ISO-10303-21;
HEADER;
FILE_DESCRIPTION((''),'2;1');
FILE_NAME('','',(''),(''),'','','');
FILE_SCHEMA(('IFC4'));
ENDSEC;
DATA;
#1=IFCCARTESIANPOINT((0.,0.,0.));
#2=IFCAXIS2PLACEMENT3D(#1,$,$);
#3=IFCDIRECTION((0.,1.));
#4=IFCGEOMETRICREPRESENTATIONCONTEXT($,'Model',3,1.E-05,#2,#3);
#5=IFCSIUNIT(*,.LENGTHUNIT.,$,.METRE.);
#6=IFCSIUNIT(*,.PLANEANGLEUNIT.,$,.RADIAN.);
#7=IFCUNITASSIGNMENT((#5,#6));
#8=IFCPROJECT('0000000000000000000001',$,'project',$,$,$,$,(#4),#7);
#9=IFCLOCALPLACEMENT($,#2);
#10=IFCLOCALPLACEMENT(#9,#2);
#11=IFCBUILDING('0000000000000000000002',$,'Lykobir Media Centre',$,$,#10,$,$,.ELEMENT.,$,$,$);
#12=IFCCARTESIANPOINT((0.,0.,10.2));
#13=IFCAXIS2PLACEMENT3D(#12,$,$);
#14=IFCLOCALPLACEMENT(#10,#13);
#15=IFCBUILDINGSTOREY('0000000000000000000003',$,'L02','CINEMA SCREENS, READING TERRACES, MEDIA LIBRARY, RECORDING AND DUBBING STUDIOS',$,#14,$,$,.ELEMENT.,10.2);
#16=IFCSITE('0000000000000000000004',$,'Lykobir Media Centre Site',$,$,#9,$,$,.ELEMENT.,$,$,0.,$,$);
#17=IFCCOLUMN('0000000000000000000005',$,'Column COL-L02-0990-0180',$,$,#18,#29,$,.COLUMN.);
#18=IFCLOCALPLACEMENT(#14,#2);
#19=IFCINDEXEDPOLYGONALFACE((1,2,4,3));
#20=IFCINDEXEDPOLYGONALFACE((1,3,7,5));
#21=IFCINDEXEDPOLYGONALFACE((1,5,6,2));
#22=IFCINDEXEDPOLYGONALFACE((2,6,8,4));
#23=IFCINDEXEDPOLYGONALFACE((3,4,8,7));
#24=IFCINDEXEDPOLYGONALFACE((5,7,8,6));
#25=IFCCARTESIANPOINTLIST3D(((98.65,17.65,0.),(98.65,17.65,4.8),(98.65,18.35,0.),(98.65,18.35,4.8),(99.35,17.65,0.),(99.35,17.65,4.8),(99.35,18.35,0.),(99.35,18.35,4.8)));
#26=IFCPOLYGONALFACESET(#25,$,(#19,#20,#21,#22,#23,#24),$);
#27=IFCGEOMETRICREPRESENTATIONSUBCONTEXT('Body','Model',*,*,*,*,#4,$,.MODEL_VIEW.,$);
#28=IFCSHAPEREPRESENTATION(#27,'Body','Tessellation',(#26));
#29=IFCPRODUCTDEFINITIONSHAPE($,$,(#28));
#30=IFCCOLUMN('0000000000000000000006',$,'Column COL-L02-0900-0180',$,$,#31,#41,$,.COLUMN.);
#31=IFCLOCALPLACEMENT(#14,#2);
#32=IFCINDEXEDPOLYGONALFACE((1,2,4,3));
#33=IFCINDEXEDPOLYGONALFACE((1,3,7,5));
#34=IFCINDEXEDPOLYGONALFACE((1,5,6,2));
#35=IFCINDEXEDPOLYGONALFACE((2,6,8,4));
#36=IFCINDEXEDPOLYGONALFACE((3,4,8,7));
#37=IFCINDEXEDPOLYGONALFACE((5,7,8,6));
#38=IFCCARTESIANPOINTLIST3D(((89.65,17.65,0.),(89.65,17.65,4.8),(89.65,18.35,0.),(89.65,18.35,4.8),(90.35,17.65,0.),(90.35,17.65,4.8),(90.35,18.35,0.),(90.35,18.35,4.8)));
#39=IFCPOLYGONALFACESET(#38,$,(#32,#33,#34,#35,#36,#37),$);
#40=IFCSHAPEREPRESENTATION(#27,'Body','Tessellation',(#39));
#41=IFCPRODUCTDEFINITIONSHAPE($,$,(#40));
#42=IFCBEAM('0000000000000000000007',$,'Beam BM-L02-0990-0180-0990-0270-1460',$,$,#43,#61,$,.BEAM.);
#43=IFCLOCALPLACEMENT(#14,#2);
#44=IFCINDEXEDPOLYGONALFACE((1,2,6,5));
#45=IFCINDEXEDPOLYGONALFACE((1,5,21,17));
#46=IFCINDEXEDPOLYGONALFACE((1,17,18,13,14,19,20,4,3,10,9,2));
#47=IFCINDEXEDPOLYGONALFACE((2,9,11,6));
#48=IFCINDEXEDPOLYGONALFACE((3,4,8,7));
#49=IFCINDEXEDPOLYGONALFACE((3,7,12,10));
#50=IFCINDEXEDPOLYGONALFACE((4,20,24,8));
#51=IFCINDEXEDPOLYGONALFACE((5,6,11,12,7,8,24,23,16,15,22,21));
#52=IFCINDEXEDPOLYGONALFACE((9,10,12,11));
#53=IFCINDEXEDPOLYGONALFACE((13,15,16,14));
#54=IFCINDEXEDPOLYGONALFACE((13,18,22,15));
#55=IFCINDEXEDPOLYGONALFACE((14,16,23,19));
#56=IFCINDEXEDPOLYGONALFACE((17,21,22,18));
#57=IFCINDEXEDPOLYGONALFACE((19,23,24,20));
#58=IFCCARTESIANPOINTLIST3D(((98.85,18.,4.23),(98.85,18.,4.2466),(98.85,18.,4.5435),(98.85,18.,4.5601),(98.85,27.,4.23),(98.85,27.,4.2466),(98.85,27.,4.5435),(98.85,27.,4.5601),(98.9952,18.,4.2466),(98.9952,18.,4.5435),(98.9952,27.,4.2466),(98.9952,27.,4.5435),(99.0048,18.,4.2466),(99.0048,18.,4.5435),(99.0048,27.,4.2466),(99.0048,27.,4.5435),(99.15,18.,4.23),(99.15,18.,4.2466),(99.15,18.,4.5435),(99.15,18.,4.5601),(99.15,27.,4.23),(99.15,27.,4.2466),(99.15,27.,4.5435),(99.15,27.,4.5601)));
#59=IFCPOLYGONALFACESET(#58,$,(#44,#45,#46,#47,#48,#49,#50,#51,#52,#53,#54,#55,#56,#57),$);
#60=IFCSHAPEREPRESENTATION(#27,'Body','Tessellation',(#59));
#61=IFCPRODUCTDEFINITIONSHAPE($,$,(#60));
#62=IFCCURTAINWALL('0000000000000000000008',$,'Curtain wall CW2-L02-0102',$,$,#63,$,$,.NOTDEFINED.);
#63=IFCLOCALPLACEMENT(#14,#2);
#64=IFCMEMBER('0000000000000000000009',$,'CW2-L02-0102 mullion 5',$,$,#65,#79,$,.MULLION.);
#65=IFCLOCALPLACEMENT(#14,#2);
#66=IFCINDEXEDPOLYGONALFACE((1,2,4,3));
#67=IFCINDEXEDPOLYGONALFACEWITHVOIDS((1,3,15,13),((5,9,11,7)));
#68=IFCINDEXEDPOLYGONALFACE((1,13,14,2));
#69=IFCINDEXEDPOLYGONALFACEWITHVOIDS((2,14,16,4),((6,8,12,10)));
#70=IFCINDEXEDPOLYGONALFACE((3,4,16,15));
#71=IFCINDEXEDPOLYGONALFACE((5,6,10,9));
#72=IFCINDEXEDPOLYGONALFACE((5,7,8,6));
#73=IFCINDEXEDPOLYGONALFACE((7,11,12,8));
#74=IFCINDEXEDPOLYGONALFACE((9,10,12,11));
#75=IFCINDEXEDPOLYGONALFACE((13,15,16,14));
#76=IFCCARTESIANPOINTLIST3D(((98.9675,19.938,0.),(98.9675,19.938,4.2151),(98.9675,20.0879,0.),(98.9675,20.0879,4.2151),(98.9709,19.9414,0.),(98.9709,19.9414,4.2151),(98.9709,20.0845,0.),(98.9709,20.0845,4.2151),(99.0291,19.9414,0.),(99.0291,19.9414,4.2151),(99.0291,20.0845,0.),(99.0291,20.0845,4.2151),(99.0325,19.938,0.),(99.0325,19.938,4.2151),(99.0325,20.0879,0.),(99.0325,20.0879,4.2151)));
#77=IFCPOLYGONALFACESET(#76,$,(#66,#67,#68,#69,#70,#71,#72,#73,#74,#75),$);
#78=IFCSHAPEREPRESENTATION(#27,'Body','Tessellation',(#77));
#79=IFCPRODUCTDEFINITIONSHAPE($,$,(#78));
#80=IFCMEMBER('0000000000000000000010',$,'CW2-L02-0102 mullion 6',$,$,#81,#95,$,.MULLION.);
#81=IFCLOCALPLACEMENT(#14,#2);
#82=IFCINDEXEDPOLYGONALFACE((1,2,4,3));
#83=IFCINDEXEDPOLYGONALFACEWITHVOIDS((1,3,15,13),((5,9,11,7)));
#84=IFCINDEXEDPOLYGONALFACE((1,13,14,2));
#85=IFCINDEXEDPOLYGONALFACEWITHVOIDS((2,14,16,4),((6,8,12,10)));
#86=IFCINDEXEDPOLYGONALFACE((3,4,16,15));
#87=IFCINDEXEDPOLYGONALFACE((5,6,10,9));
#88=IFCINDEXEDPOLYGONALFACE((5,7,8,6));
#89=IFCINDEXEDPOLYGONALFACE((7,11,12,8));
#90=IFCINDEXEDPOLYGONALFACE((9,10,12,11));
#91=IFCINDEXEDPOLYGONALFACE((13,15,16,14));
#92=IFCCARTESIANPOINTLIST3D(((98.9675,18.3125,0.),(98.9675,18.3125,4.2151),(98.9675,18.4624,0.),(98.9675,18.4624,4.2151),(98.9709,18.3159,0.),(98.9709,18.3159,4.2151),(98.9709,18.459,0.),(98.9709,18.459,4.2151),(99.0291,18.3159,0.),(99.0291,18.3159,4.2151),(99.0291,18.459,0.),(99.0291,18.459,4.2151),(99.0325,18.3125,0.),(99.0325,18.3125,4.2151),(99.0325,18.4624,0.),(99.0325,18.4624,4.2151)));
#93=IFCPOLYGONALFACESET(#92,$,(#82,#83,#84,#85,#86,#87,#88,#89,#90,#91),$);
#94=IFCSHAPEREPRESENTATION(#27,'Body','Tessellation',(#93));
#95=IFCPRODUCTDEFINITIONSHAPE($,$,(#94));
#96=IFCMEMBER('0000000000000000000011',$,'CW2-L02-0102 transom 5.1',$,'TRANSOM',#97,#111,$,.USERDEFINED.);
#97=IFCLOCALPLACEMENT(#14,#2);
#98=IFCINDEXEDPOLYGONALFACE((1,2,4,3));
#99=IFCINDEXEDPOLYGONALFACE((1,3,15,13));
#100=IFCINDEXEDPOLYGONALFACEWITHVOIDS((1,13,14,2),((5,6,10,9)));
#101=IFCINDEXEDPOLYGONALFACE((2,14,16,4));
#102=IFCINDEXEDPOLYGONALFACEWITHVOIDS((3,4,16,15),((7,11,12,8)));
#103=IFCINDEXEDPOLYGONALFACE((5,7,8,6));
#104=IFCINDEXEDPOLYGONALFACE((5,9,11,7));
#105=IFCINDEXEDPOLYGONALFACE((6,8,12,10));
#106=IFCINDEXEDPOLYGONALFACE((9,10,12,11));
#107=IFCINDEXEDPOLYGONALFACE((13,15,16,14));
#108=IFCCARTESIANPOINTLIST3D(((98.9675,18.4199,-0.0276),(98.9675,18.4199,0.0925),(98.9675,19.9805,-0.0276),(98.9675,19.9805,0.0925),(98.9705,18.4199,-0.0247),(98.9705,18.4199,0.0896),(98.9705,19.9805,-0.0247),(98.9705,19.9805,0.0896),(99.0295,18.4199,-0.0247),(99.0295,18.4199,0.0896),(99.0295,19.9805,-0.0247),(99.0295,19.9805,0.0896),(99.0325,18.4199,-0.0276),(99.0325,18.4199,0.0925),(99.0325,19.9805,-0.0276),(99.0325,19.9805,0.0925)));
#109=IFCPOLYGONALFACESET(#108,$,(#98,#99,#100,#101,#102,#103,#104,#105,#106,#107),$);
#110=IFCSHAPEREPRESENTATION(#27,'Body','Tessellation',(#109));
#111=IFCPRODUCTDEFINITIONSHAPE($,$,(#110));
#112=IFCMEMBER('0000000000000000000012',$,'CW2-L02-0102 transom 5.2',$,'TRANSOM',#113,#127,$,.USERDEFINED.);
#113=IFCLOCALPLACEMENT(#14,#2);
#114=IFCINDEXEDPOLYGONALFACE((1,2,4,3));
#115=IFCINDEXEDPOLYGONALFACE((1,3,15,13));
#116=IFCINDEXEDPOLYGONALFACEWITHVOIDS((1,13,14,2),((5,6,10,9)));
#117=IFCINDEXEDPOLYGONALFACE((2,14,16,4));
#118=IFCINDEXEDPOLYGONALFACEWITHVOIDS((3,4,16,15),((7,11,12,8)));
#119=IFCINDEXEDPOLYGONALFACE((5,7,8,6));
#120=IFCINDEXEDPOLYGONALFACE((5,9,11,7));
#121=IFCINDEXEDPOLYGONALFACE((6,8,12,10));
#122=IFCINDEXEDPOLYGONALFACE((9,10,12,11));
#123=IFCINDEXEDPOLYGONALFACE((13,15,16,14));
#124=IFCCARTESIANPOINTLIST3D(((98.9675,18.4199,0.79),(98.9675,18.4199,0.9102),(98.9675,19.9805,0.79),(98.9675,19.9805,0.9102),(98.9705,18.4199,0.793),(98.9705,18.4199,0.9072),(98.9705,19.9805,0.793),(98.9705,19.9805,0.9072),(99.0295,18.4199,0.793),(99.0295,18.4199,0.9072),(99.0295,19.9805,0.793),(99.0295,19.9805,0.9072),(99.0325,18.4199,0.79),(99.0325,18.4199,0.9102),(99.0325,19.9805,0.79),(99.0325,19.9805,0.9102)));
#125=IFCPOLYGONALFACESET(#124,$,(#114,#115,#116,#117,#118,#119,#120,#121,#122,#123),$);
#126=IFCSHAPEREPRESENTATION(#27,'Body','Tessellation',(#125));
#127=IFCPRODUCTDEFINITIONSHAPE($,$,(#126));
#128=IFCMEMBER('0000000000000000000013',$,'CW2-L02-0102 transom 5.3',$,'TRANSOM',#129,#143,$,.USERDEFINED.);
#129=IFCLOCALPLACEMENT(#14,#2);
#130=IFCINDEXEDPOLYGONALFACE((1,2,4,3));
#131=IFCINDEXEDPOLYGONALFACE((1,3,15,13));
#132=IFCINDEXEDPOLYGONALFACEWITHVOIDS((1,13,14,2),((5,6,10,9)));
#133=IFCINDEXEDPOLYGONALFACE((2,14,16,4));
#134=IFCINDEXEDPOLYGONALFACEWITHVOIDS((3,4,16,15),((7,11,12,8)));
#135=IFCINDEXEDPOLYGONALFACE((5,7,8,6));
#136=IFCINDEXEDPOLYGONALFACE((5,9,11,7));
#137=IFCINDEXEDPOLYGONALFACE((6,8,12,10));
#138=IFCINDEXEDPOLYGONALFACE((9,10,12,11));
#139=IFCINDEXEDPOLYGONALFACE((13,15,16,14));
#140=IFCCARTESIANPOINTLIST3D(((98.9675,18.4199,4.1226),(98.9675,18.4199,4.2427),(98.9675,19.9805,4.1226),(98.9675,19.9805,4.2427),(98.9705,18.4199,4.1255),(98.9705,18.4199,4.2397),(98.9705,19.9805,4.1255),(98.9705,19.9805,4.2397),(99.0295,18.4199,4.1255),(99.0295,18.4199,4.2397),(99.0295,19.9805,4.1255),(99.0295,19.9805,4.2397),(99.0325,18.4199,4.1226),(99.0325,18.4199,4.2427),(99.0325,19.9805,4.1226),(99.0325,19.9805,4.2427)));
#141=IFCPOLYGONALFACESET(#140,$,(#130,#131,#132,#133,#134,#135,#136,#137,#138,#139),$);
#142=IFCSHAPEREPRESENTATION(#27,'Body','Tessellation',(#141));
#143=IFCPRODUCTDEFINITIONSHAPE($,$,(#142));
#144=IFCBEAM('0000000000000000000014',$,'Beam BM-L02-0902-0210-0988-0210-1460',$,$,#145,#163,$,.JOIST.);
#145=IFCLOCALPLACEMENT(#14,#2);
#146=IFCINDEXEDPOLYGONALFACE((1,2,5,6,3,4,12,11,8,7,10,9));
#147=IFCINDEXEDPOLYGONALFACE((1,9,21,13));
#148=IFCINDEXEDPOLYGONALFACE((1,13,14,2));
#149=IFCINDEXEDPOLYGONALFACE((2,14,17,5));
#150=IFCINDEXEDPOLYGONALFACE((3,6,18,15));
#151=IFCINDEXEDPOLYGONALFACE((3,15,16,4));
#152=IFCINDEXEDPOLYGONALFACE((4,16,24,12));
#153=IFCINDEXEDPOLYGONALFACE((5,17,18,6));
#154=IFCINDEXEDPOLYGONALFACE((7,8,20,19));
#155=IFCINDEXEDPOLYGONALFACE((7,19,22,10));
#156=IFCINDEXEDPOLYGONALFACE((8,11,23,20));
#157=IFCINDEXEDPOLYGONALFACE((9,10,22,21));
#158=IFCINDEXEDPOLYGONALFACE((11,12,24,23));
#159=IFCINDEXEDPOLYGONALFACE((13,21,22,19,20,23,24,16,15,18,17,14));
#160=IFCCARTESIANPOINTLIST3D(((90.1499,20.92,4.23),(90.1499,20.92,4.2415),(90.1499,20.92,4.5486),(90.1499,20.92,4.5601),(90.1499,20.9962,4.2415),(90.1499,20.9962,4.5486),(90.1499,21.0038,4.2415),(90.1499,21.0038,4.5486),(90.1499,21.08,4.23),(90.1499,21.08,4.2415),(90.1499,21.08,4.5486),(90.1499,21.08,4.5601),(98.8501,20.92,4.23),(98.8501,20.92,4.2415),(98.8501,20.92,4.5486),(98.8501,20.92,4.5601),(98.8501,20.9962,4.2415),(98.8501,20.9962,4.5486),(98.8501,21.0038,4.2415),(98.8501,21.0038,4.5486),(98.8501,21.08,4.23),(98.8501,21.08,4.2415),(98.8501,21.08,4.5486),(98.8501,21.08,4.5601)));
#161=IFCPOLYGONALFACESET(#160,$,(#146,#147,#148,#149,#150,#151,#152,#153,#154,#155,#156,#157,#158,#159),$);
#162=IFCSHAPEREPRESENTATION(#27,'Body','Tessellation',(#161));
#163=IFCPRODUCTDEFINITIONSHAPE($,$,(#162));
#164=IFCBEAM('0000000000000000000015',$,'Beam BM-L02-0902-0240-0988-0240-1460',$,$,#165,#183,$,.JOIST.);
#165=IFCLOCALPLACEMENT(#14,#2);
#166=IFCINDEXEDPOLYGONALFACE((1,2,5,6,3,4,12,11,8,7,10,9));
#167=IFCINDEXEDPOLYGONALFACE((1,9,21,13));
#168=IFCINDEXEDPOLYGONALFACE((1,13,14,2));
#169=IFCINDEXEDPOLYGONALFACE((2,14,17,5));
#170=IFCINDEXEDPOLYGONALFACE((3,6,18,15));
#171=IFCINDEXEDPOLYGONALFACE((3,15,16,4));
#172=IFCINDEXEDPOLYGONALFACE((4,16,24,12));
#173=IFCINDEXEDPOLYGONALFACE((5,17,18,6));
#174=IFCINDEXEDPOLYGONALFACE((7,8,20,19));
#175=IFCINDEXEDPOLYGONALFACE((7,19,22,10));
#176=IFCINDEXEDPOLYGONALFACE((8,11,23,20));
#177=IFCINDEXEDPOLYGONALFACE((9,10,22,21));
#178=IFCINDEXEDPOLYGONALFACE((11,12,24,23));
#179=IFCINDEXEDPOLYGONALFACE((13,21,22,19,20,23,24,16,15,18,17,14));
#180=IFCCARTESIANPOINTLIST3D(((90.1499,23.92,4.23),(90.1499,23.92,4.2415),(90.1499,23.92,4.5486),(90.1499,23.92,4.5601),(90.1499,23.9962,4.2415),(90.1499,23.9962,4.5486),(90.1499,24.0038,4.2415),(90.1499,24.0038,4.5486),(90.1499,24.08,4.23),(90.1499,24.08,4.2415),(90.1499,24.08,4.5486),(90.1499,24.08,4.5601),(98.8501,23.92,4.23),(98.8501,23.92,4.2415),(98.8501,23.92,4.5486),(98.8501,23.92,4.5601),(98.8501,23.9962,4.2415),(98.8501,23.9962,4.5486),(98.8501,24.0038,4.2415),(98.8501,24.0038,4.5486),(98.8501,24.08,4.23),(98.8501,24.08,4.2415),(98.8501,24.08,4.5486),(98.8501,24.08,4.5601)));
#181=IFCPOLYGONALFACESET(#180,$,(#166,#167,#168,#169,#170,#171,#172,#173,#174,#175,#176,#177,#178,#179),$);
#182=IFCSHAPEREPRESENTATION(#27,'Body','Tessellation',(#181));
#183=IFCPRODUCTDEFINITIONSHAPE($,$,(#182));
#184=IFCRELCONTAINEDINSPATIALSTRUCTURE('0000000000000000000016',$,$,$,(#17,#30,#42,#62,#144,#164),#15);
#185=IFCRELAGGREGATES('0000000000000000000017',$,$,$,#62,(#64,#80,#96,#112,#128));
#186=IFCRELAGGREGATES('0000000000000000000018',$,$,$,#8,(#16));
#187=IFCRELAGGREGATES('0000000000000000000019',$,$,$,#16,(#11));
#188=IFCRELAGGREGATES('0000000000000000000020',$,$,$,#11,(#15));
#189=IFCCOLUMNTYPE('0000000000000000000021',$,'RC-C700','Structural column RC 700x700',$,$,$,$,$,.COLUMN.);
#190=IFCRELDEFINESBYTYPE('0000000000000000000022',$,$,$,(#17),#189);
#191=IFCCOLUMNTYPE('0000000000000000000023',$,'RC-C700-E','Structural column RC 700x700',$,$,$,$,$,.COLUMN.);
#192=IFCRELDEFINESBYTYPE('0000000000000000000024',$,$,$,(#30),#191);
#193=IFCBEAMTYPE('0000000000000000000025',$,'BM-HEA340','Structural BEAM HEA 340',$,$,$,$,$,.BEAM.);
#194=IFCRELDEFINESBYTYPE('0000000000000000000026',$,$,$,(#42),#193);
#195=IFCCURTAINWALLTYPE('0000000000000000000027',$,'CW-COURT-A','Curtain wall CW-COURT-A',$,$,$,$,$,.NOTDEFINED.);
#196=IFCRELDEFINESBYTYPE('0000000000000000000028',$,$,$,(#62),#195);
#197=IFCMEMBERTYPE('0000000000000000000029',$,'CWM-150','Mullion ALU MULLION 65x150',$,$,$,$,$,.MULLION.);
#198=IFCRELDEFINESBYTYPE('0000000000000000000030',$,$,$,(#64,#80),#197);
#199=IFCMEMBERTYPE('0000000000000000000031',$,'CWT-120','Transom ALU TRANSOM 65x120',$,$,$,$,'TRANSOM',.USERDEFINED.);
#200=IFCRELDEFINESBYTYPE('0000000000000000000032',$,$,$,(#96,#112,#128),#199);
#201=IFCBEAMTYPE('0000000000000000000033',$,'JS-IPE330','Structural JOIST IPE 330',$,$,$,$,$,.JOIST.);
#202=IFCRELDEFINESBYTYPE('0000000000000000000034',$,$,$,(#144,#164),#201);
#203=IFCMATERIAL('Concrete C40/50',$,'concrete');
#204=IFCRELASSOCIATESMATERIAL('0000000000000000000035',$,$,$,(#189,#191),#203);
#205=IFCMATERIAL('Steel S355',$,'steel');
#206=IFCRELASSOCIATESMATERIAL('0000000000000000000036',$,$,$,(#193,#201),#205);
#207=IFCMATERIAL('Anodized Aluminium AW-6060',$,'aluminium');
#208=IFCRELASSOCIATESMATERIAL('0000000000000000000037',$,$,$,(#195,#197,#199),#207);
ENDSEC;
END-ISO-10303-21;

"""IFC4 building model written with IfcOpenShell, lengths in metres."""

from ifc_helpers import new_model, si_unit, direction, frame, origin, origin_2d, place, context, subcontext, project, spatial, rectangle, hollow_rectangle, i_section, extrude, material, material_profile, profile_set, type_object, element, aggregate, save


model = new_model("IFC4")

# Units and contexts
model_context = context("Model", 3, precision=1e-05, world=origin(), true_north=direction((0.0, 1.0)))
body_context = subcontext(model_context, "Body", "Model", "MODEL_VIEW")
ifc_project = project(units=[si_unit("LENGTHUNIT", "METRE"), si_unit("PLANEANGLEUNIT", "RADIAN")], contexts=[model_context])

# Site, building, storey
site_placement = place(None, origin())
site = spatial("IfcSite", under=ifc_project, at=site_placement, Name="Lykobir Media Centre Site", CompositionType="ELEMENT", RefElevation=0.0)
building_placement = place(site_placement, origin())
building = spatial("IfcBuilding", under=site, at=building_placement, Name="Lykobir Media Centre", CompositionType="ELEMENT")
storey_placement = place(building_placement, frame((0.0, 0.0, 10.2)))
storey = spatial("IfcBuildingStorey", under=building, at=storey_placement, Name="L02", Description="CINEMA SCREENS, READING TERRACES, MEDIA LIBRARY, RECORDING AND DUBBING STUDIOS", CompositionType="ELEMENT", Elevation=10.2)

# Columns
ifc_material_1 = material(Name="Concrete C40/50", Category="concrete")
ifc_material_profile_1 = material_profile(ifc_material_1, rectangle(XDim=0.7, YDim=0.7, at=origin_2d()), Name="RC 700x700")
ifc_profile_set_1 = profile_set([ifc_material_profile_1], Name="Concrete C40/50")
column_type_1 = type_object("IfcColumnType", Name="RC-C700", Description="Structural column RC 700x700", PredefinedType="COLUMN", material=ifc_profile_set_1)
column_1_placement = place(storey_placement, frame((99.0, 18.0, 0.0), z_axis=(0.0, 0.0, 1.0), x_axis=(1.0, 0.0, 0.0)))
element("IfcColumn", 1, at=column_1_placement, inside=storey, type_object=column_type_1, Name="Column COL-L02-0990-0180", PredefinedType="COLUMN", context=body_context, shape_type="SweptSolid", body=[
    extrude(rectangle(XDim=0.7, YDim=0.7, at=origin_2d()), origin(), (0.0, 0.0, 1.0), 4.8),
])
ifc_material_profile_2 = material_profile(ifc_material_1, rectangle(XDim=0.7, YDim=0.7, at=origin_2d()), Name="RC 700x700")
ifc_profile_set_2 = profile_set([ifc_material_profile_2], Name="Concrete C40/50")
column_type_2 = type_object("IfcColumnType", Name="RC-C700-E", Description="Structural column RC 700x700", PredefinedType="COLUMN", material=ifc_profile_set_2)
column_2_placement = place(storey_placement, frame((90.0, 18.0, 0.0), z_axis=(0.0, 0.0, 1.0), x_axis=(1.0, 0.0, 0.0)))
element("IfcColumn", 2, at=column_2_placement, inside=storey, type_object=column_type_2, Name="Column COL-L02-0900-0180", PredefinedType="COLUMN", context=body_context, shape_type="SweptSolid", body=[
    extrude(rectangle(XDim=0.7, YDim=0.7, at=origin_2d()), origin(), (0.0, 0.0, 1.0), 4.8),
])

# Beam
ifc_material_2 = material(Name="Steel S355", Category="steel")
ifc_material_profile_3 = material_profile(ifc_material_2, i_section(OverallWidth=0.3, OverallDepth=0.3301, WebThickness=0.0095, FlangeThickness=0.0166, at=origin_2d()), Name="HEA 340")
ifc_profile_set_3 = profile_set([ifc_material_profile_3], Name="Steel S355")
beam_type_1 = type_object("IfcBeamType", Name="BM-HEA340", Description="Structural BEAM HEA 340", PredefinedType="BEAM", material=ifc_profile_set_3)
beam_1_placement = place(storey_placement, frame((99.0, 18.0, 4.395), z_axis=(0.0, 1.0, 0.0), x_axis=(-1.0, 0.0, 0.0)))
element("IfcBeam", 3, at=beam_1_placement, inside=storey, type_object=beam_type_1, Name="Beam BM-L02-0990-0180-0990-0270-1460", PredefinedType="BEAM", context=body_context, shape_type="SweptSolid", body=[
    extrude(i_section(OverallWidth=0.3, OverallDepth=0.3301, WebThickness=0.0095, FlangeThickness=0.0166, at=origin_2d()), origin(), (0.0, 0.0, 1.0), 9.0),
])

# Curtain wall, members
ifc_material_3 = material(Name="Anodized Aluminium AW-6060", Category="aluminium")
curtain_wall_type = type_object("IfcCurtainWallType", Name="CW-COURT-A", Description="Curtain wall CW-COURT-A", PredefinedType="NOTDEFINED", material=ifc_material_3)
curtain_wall_placement = place(storey_placement, origin())
curtain_wall = element("IfcCurtainWall", 4, at=curtain_wall_placement, inside=storey, type_object=curtain_wall_type, Name="Curtain wall CW2-L02-0102", PredefinedType="NOTDEFINED")
ifc_material_profile_4 = material_profile(ifc_material_3, hollow_rectangle(XDim=0.0649, YDim=0.1499, WallThickness=0.0034, at=origin_2d()), Name="ALU MULLION 65x150")
ifc_profile_set_4 = profile_set([ifc_material_profile_4], Name="Anodized Aluminium AW-6060")
member_type_1 = type_object("IfcMemberType", Name="CWM-150", Description="Mullion ALU MULLION 65x150", PredefinedType="MULLION", material=ifc_profile_set_4)
member_1_placement = place(storey_placement, frame((99.0, 20.0129, 0.0), z_axis=(0.0, 0.0, 1.0), x_axis=(1.0, 0.0, 0.0)))
member_1 = element("IfcMember", 5, at=member_1_placement, type_object=member_type_1, Name="CW2-L02-0102 mullion 5", PredefinedType="MULLION", context=body_context, shape_type="SweptSolid", body=[
    extrude(hollow_rectangle(XDim=0.0649, YDim=0.1499, WallThickness=0.0034, at=origin_2d()), origin(), (0.0, 0.0, 1.0), 4.2151),
])
member_2_placement = place(storey_placement, frame((99.0, 18.3875, 0.0), z_axis=(0.0, 0.0, 1.0), x_axis=(1.0, 0.0, 0.0)))
member_2 = element("IfcMember", 6, at=member_2_placement, type_object=member_type_1, Name="CW2-L02-0102 mullion 6", PredefinedType="MULLION", context=body_context, shape_type="SweptSolid", body=[
    extrude(hollow_rectangle(XDim=0.0649, YDim=0.1499, WallThickness=0.0034, at=origin_2d()), origin(), (0.0, 0.0, 1.0), 4.2151),
])
ifc_material_profile_5 = material_profile(ifc_material_3, hollow_rectangle(XDim=0.0649, YDim=0.1201, WallThickness=0.0029, at=origin_2d()), Name="ALU TRANSOM 65x120")
ifc_profile_set_5 = profile_set([ifc_material_profile_5], Name="Anodized Aluminium AW-6060")
member_type_2 = type_object("IfcMemberType", Name="CWT-120", Description="Transom ALU TRANSOM 65x120", ElementType="TRANSOM", PredefinedType="USERDEFINED", material=ifc_profile_set_5)
member_3_placement = place(storey_placement, frame((99.0, 19.9805, 0.0325), z_axis=(0.0, -1.0, 0.0), x_axis=(1.0, 0.0, 0.0)))
member_3 = element("IfcMember", 7, at=member_3_placement, type_object=member_type_2, Name="CW2-L02-0102 transom 5.1", ObjectType="TRANSOM", PredefinedType="USERDEFINED", context=body_context, shape_type="SweptSolid", body=[
    extrude(hollow_rectangle(XDim=0.0649, YDim=0.1201, WallThickness=0.0029, at=origin_2d()), origin(), (0.0, 0.0, 1.0), 1.5605),
])
member_4_placement = place(storey_placement, frame((99.0, 19.9805, 0.8501), z_axis=(0.0, -1.0, 0.0), x_axis=(1.0, 0.0, 0.0)))
member_4 = element("IfcMember", 8, at=member_4_placement, type_object=member_type_2, Name="CW2-L02-0102 transom 5.2", ObjectType="TRANSOM", PredefinedType="USERDEFINED", context=body_context, shape_type="SweptSolid", body=[
    extrude(hollow_rectangle(XDim=0.0649, YDim=0.1201, WallThickness=0.0029, at=origin_2d()), origin(), (0.0, 0.0, 1.0), 1.5605),
])
member_5_placement = place(storey_placement, frame((99.0, 19.9805, 4.1826), z_axis=(0.0, -1.0, 0.0), x_axis=(1.0, 0.0, 0.0)))
member_5 = element("IfcMember", 9, at=member_5_placement, type_object=member_type_2, Name="CW2-L02-0102 transom 5.3", ObjectType="TRANSOM", PredefinedType="USERDEFINED", context=body_context, shape_type="SweptSolid", body=[
    extrude(hollow_rectangle(XDim=0.0649, YDim=0.1201, WallThickness=0.0029, at=origin_2d()), origin(), (0.0, 0.0, 1.0), 1.5605),
])

# Beams
ifc_material_profile_6 = material_profile(ifc_material_2, i_section(OverallWidth=0.1599, OverallDepth=0.3301, WebThickness=0.0076, FlangeThickness=0.0115, at=origin_2d()), Name="IPE 330")
ifc_profile_set_6 = profile_set([ifc_material_profile_6], Name="Steel S355")
beam_type_2 = type_object("IfcBeamType", Name="JS-IPE330", Description="Structural JOIST IPE 330", PredefinedType="JOIST", material=ifc_profile_set_6)
for number, where, z_axis, x_axis, name in (
    (10, (90.1499, 21.0, 4.395), (1.0, 0.0, 0.0), (0.0, 1.0, 0.0), "Beam BM-L02-0902-0210-0988-0210-1460"),
    (11, (90.1499, 24.0, 4.395), (1.0, 0.0, 0.0), (0.0, 1.0, 0.0), "Beam BM-L02-0902-0240-0988-0240-1460"),
):
    element("IfcBeam", number, at=place(storey_placement, frame(where, z_axis=z_axis, x_axis=x_axis)), inside=storey, type_object=beam_type_2, Name=name, PredefinedType="JOIST", context=body_context, shape_type="SweptSolid", body=[
        extrude(i_section(OverallWidth=0.1599, OverallDepth=0.3301, WebThickness=0.0076, FlangeThickness=0.0115, at=origin_2d()), origin(), (0.0, 0.0, 1.0), 8.7002),
    ])

aggregate(curtain_wall, [member_1, member_2, member_3, member_4, member_5])

save(model, "model.ifc")
